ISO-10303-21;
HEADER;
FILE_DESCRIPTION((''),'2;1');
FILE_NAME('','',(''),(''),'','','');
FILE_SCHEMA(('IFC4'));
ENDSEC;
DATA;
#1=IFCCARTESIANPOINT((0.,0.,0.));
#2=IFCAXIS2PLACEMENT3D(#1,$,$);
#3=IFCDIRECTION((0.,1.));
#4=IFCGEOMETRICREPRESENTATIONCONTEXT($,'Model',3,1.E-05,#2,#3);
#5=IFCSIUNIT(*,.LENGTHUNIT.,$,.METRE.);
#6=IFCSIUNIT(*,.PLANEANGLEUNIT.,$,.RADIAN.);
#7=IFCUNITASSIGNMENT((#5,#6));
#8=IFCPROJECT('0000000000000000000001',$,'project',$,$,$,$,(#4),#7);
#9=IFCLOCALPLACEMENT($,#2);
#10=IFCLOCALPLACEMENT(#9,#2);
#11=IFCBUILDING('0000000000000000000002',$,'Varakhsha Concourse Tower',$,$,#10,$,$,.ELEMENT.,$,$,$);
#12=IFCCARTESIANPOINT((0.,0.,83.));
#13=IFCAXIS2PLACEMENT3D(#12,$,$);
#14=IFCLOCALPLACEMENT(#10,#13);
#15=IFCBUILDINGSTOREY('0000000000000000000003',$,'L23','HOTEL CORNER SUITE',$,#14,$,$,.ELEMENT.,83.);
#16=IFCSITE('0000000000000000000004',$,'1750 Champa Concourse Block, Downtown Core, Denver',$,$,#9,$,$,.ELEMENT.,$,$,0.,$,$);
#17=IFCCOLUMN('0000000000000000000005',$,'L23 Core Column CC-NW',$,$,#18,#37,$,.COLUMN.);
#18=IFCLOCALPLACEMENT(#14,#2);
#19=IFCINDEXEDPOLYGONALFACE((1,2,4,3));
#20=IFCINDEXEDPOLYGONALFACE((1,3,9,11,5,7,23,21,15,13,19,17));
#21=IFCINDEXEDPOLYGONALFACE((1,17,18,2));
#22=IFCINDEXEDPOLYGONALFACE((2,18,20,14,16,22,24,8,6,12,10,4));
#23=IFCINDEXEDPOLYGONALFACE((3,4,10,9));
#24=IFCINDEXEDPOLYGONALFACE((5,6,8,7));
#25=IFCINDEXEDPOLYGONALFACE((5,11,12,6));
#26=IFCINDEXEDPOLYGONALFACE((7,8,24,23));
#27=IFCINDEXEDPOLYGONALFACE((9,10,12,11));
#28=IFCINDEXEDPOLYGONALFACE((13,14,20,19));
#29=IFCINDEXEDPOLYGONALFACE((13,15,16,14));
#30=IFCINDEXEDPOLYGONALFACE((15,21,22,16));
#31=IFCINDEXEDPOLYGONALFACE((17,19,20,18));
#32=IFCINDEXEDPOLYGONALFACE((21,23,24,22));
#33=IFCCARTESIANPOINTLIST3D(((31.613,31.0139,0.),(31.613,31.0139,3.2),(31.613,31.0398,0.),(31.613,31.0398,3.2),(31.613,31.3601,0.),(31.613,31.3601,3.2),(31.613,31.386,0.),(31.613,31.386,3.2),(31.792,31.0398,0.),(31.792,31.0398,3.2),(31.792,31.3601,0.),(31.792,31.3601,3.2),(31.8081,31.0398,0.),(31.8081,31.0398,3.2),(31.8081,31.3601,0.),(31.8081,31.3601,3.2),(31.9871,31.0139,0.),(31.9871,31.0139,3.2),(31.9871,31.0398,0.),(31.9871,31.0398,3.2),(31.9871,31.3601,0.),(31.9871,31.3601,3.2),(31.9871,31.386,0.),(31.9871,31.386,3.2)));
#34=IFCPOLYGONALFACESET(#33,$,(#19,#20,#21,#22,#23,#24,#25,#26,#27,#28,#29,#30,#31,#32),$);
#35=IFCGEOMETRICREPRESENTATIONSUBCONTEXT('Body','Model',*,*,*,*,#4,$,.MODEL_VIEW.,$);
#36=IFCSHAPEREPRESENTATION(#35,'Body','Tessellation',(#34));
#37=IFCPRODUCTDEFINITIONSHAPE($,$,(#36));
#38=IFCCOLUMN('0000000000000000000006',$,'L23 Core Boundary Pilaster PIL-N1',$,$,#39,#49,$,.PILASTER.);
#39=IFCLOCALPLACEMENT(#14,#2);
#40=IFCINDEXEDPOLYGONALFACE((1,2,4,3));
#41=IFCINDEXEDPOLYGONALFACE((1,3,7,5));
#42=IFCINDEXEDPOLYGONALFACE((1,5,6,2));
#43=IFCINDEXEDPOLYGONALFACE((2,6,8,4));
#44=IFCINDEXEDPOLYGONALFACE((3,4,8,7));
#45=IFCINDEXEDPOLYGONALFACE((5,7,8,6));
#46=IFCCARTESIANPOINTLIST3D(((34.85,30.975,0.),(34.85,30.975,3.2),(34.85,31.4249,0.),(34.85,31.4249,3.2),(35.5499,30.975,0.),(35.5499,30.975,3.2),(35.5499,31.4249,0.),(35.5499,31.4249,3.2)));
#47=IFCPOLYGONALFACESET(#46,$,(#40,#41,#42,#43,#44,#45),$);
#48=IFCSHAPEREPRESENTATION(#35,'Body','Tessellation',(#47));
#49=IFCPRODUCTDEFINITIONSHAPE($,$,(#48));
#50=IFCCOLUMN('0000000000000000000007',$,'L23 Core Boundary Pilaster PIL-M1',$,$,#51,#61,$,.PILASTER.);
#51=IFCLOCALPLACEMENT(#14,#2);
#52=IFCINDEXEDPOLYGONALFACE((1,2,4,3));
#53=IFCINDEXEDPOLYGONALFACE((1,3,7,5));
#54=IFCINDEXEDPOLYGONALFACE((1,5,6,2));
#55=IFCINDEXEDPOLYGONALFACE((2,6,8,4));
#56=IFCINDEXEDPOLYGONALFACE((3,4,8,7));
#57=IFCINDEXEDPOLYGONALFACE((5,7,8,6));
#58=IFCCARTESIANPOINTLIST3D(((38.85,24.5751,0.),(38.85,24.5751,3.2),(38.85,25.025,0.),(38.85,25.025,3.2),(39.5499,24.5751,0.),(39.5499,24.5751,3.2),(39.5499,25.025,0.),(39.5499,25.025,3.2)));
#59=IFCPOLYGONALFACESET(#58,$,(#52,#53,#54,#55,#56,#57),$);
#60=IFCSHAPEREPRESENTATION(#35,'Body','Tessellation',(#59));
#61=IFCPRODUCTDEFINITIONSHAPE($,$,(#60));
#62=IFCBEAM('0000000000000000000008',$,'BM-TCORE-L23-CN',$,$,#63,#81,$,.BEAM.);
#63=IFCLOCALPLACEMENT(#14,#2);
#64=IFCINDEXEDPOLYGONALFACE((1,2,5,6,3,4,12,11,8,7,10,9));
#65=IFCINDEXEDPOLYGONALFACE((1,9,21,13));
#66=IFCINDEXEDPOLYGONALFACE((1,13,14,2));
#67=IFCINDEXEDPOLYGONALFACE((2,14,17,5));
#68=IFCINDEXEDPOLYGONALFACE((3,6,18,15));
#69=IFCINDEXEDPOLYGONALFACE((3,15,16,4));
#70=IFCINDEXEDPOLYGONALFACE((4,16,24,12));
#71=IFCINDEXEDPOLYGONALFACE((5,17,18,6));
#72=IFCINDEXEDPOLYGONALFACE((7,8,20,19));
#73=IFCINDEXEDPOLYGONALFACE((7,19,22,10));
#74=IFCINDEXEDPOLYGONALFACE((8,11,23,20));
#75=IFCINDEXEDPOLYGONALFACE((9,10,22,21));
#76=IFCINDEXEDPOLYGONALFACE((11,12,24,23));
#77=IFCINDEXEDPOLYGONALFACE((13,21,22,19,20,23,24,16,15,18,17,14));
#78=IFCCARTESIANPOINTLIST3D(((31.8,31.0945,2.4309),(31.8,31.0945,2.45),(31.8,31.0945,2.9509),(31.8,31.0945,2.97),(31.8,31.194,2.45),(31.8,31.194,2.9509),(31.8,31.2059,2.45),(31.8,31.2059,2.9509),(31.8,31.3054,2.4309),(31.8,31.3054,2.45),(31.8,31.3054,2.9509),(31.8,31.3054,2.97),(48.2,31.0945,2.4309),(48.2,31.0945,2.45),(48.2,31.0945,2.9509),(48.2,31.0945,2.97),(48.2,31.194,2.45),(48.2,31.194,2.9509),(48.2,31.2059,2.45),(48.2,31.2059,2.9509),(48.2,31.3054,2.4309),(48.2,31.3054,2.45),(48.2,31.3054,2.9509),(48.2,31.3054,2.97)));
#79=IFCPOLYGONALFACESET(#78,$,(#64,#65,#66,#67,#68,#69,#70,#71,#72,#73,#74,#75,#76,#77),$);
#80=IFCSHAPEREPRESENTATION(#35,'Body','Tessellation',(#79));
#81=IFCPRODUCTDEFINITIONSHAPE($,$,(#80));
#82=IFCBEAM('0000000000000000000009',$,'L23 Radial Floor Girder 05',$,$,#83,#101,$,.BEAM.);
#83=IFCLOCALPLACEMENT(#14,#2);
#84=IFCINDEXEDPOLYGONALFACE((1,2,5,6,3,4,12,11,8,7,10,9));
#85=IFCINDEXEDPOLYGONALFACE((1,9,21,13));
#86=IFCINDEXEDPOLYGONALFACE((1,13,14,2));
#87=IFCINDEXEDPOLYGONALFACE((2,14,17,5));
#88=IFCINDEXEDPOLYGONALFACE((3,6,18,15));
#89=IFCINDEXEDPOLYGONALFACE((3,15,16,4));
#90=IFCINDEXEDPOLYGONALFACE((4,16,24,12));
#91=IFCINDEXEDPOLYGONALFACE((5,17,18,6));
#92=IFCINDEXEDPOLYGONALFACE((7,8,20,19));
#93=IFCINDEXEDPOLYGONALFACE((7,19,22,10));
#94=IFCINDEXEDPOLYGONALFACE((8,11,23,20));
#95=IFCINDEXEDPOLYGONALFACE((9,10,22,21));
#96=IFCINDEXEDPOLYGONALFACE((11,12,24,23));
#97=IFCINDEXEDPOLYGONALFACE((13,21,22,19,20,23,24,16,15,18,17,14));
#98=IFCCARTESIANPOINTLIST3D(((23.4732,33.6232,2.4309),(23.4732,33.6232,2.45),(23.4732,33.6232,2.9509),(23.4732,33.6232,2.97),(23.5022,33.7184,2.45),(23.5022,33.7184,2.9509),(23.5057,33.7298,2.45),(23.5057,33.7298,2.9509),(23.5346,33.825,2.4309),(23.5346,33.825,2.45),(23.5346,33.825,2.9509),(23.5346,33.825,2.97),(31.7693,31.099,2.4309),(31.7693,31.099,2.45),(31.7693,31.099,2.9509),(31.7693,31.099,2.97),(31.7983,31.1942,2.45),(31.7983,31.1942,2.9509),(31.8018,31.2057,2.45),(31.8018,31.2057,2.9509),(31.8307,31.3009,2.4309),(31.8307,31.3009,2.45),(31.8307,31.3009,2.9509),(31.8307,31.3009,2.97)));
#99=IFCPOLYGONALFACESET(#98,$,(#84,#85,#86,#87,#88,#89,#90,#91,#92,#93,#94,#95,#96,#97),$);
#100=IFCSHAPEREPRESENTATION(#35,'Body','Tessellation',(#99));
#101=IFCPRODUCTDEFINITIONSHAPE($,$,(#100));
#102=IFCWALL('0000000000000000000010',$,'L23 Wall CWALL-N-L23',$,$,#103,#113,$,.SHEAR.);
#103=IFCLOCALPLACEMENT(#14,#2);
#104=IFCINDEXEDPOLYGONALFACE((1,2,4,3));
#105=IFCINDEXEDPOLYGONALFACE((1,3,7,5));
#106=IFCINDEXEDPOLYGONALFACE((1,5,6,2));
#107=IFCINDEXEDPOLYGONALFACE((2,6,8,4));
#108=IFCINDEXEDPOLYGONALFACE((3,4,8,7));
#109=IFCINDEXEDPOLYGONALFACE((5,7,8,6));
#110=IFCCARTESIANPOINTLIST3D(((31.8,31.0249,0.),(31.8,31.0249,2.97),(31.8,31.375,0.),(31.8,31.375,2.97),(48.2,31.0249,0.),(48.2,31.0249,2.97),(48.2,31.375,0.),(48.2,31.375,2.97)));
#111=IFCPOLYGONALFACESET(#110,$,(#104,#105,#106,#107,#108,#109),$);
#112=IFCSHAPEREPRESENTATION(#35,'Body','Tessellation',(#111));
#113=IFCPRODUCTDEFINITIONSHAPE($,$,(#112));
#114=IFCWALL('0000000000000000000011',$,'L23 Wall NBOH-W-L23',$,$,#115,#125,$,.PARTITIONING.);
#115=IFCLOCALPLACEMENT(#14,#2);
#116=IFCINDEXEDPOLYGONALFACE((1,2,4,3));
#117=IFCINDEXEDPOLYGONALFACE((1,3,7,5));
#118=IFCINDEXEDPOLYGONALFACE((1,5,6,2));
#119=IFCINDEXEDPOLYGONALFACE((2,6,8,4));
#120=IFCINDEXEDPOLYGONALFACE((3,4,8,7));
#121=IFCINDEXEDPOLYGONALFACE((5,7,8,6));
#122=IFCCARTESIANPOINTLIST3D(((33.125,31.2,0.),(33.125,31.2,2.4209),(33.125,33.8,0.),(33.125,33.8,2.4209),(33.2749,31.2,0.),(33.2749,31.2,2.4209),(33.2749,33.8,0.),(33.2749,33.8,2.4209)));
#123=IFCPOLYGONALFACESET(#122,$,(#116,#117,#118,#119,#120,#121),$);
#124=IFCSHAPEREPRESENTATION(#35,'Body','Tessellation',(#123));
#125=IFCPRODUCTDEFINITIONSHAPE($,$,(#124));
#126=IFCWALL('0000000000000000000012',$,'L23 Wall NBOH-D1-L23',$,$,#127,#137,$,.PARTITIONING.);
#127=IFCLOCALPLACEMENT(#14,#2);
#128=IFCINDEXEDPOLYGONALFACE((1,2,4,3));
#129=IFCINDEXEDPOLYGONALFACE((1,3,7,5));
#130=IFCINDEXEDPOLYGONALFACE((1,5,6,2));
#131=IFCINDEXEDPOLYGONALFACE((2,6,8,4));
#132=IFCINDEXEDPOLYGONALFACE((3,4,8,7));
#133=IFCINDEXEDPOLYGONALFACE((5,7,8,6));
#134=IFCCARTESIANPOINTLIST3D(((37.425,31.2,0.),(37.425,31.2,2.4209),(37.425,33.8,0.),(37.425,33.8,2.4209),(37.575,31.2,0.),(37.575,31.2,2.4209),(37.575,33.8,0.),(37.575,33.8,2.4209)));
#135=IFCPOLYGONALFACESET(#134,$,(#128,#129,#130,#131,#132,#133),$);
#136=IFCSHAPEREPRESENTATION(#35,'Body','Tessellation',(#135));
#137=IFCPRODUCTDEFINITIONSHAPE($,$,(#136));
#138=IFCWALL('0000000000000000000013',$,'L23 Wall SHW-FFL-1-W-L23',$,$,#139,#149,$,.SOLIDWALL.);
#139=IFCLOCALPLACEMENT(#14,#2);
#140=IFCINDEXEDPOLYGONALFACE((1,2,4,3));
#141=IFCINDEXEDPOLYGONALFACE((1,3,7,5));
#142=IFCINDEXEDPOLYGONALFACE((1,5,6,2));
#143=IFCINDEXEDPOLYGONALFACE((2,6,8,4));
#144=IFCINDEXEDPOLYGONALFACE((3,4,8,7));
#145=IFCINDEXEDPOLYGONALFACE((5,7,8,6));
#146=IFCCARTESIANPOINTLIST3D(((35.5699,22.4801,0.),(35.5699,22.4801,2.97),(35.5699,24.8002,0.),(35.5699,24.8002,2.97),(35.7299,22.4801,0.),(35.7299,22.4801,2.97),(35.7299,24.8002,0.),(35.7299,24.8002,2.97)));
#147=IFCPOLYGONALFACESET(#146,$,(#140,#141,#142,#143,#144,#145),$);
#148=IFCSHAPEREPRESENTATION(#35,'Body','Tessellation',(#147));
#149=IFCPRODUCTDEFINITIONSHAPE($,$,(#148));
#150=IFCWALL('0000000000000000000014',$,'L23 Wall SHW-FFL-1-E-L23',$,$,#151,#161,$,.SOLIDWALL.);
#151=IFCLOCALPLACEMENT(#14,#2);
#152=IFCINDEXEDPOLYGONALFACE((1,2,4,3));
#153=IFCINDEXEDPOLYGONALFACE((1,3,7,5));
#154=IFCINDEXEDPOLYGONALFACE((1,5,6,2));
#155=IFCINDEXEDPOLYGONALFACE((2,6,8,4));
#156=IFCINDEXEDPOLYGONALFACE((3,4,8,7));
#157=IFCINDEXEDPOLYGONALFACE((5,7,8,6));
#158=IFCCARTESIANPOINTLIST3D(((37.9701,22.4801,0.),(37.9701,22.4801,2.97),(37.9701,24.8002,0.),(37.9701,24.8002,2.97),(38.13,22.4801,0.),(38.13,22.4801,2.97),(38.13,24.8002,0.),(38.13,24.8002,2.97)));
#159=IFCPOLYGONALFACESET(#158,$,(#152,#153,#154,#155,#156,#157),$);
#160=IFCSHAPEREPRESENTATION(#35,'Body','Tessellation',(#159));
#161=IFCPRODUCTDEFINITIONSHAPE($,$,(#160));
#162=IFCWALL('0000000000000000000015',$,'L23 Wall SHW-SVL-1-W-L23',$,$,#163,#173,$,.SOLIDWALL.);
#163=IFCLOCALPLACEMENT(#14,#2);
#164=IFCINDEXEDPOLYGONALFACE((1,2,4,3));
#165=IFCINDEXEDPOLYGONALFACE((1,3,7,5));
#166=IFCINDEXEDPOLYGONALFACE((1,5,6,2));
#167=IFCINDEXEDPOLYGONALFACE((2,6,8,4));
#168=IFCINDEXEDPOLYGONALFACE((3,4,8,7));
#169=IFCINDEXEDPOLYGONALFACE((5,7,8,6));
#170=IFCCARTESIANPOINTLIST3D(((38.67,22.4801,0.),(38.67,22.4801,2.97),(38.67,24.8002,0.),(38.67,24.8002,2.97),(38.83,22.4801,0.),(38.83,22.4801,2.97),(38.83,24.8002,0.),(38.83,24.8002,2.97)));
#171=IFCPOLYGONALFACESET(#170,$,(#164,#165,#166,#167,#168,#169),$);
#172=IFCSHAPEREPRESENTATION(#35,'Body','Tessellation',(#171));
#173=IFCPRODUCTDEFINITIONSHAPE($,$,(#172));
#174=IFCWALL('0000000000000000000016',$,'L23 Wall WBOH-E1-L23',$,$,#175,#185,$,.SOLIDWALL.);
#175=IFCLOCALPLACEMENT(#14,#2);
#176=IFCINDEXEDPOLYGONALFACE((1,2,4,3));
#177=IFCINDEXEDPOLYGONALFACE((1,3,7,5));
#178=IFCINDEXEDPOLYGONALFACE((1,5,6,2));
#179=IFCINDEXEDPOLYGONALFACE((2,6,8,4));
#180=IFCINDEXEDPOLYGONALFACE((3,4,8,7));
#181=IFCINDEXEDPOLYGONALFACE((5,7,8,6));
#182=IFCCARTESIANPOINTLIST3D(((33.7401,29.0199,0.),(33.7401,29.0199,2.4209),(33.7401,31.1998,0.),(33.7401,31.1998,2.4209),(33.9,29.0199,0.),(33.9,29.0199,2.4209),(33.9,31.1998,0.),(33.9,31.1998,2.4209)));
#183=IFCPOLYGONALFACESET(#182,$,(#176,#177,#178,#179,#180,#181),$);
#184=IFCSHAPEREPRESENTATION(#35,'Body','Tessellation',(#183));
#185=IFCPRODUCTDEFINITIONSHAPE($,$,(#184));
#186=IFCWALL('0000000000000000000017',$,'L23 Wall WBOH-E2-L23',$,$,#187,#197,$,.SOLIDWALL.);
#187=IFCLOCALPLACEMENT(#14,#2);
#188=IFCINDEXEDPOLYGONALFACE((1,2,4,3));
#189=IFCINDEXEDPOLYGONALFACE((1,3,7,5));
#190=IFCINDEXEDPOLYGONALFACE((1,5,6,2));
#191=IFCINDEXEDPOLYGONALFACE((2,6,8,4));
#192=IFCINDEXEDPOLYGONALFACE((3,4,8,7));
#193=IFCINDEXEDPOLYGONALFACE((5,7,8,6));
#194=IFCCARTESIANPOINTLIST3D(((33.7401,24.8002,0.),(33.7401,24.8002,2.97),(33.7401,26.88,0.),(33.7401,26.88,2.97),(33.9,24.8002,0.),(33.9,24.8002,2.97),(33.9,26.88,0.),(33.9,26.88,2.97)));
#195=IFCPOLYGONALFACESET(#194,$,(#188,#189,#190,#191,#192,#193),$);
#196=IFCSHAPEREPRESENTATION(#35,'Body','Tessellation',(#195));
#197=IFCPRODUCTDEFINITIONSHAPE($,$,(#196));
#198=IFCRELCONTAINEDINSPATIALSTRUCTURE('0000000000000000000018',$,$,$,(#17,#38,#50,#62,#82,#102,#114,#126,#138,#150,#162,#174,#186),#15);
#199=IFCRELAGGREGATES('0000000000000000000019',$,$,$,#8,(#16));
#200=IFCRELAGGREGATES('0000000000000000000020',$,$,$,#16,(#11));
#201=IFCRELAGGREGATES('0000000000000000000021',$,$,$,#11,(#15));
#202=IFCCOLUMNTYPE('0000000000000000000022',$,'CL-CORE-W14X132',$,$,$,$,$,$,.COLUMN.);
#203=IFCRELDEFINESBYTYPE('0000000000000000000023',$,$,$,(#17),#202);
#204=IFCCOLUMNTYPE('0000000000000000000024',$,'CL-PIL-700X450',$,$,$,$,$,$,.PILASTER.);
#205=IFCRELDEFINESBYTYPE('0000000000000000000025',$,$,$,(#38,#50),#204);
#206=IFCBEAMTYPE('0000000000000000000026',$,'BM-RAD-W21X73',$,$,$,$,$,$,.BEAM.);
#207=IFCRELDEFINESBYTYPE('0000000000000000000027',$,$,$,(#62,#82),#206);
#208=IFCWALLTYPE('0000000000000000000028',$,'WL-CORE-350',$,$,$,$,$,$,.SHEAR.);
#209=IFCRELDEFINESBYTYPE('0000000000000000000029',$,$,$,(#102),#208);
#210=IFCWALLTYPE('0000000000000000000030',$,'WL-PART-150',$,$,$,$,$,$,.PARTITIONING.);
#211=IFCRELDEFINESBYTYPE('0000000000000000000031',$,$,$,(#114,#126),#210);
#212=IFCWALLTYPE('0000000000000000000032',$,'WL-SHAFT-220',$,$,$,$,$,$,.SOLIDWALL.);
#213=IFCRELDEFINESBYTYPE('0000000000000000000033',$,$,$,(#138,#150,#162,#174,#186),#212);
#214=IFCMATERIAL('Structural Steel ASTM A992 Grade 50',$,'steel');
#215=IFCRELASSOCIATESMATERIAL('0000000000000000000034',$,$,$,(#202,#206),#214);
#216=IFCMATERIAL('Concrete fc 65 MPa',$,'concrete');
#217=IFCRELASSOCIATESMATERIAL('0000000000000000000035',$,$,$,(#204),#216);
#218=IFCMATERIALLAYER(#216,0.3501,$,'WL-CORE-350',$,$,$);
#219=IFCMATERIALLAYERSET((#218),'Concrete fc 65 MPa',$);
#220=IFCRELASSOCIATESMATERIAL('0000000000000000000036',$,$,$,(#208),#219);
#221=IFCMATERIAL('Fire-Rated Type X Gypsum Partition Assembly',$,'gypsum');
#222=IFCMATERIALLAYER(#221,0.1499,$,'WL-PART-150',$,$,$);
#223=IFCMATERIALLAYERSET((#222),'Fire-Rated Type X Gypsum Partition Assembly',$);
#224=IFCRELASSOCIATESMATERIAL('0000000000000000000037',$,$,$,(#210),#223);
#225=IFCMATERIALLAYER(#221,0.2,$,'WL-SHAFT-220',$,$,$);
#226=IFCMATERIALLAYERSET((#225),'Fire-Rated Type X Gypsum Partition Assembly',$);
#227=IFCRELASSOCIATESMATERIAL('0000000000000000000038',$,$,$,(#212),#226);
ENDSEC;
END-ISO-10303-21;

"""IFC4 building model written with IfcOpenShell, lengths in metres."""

from ifc_helpers import new_model, si_unit, direction, frame, frame_2d, origin, origin_2d, place, context, subcontext, project, spatial, rectangle, i_section, extrude, material, layer, layer_set, material_profile, profile_set, type_object, element, save


model = new_model("IFC4")

# Units and contexts
model_context = context("Model", 3, precision=1e-05, world=origin(), true_north=direction((0.0, 1.0)))
body_context = subcontext(model_context, "Body", "Model", "MODEL_VIEW")
ifc_project = project(units=[si_unit("LENGTHUNIT", "METRE"), si_unit("PLANEANGLEUNIT", "RADIAN")], contexts=[model_context])

# Site, building, storey
site_placement = place(None, origin())
site = spatial("IfcSite", under=ifc_project, at=site_placement, Name="1750 Champa Concourse Block, Downtown Core, Denver", CompositionType="ELEMENT", RefElevation=0.0)
building_placement = place(site_placement, origin())
building = spatial("IfcBuilding", under=site, at=building_placement, Name="Varakhsha Concourse Tower", CompositionType="ELEMENT")
storey_placement = place(building_placement, frame((0.0, 0.0, 83.0)))
storey = spatial("IfcBuildingStorey", under=building, at=storey_placement, Name="L23", Description="HOTEL CORNER SUITE", CompositionType="ELEMENT", Elevation=83.0)

# Columns
ifc_material_1 = material(Name="Structural Steel ASTM A992 Grade 50", Category="steel")
ifc_material_profile_1 = material_profile(ifc_material_1, i_section(OverallWidth=0.374, OverallDepth=0.3721, WebThickness=0.0161, FlangeThickness=0.0259, at=origin_2d()), Name="W14X132")
ifc_profile_set_1 = profile_set([ifc_material_profile_1], Name="Structural Steel ASTM A992 Grade 50")
column_type_1 = type_object("IfcColumnType", Name="CL-CORE-W14X132", PredefinedType="COLUMN", material=ifc_profile_set_1)
column_placement = place(storey_placement, frame((31.8, 31.2, 0.0), z_axis=(0.0, 0.0, 1.0), x_axis=(1.0, 0.0, 0.0)))
element("IfcColumn", 1, at=column_placement, inside=storey, type_object=column_type_1, Name="L23 Core Column CC-NW", PredefinedType="COLUMN", context=body_context, shape_type="SweptSolid", body=[
    extrude(i_section(OverallWidth=0.374, OverallDepth=0.3721, WebThickness=0.0161, FlangeThickness=0.0259, at=origin_2d()), origin(), (0.0, 0.0, 1.0), 3.2),
])
ifc_material_2 = material(Name="Concrete fc 65 MPa", Category="concrete")
ifc_material_profile_2 = material_profile(ifc_material_2, rectangle(XDim=0.7, YDim=0.45, at=origin_2d()), Name="RC 700x450")
ifc_profile_set_2 = profile_set([ifc_material_profile_2], Name="Concrete fc 65 MPa")
column_type_2 = type_object("IfcColumnType", Name="CL-PIL-700X450", PredefinedType="PILASTER", material=ifc_profile_set_2)
for number, where, z_axis, x_axis, name in (
    (2, (35.2, 31.2, 0.0), (0.0, 0.0, 1.0), (1.0, 0.0, 0.0), "L23 Core Boundary Pilaster PIL-N1"),
    (3, (39.2, 24.8, 0.0), (0.0, 0.0, 1.0), (1.0, 0.0, 0.0), "L23 Core Boundary Pilaster PIL-M1"),
):
    element("IfcColumn", number, at=place(storey_placement, frame(where, z_axis=z_axis, x_axis=x_axis)), inside=storey, type_object=column_type_2, Name=name, PredefinedType="PILASTER", context=body_context, shape_type="SweptSolid", body=[
        extrude(rectangle(XDim=0.7, YDim=0.45, at=origin_2d()), origin(), (0.0, 0.0, 1.0), 3.2),
    ])

# Beams
ifc_material_profile_3 = material_profile(ifc_material_1, i_section(OverallWidth=0.2109, OverallDepth=0.5391, WebThickness=0.012, FlangeThickness=0.019, at=origin_2d()), Name="W21X73")
ifc_profile_set_3 = profile_set([ifc_material_profile_3], Name="Structural Steel ASTM A992 Grade 50")
beam_type = type_object("IfcBeamType", Name="BM-RAD-W21X73", PredefinedType="BEAM", material=ifc_profile_set_3)
beam_1_placement = place(storey_placement, frame((31.8, 31.2, 2.7004), z_axis=(1.0, 0.0, 0.0), x_axis=(0.0, 1.0, 0.0)))
element("IfcBeam", 4, at=beam_1_placement, inside=storey, type_object=beam_type, Name="BM-TCORE-L23-CN", PredefinedType="BEAM", context=body_context, shape_type="SweptSolid", body=[
    extrude(i_section(OverallWidth=0.2109, OverallDepth=0.5391, WebThickness=0.012, FlangeThickness=0.019, at=origin_2d()), origin(), (0.0, 0.0, 1.0), 16.3999),
])
beam_2_placement = place(storey_placement, frame((31.8, 31.2, 2.7004), z_axis=(-0.956698, 0.291083, 0.0), x_axis=(-0.291083, -0.956698, 0.0)))
element("IfcBeam", 5, at=beam_2_placement, inside=storey, type_object=beam_type, Name="L23 Radial Floor Girder 05", PredefinedType="BEAM", context=body_context, shape_type="SweptSolid", body=[
    extrude(i_section(OverallWidth=0.2109, OverallDepth=0.5391, WebThickness=0.012, FlangeThickness=0.019, at=origin_2d()), origin(), (0.0, 0.0, 1.0), 8.6716),
])

# Walls
ifc_layer_1 = layer(ifc_material_2, 0.3501, Name="WL-CORE-350")
ifc_layer_set_1 = layer_set([ifc_layer_1], Name="Concrete fc 65 MPa")
wall_type_1 = type_object("IfcWallType", Name="WL-CORE-350", PredefinedType="SHEAR", material=ifc_layer_set_1)
wall_1_placement = place(storey_placement, frame((31.8, 31.2, 0.0), z_axis=(0.0, 0.0, 1.0), x_axis=(1.0, 0.0, 0.0)))
element("IfcWall", 6, at=wall_1_placement, inside=storey, type_object=wall_type_1, Name="L23 Wall CWALL-N-L23", PredefinedType="SHEAR", context=body_context, shape_type="SweptSolid", body=[
    extrude(rectangle(XDim=16.3999, YDim=0.3501, at=frame_2d((8.2, 0.0))), origin(), (0.0, 0.0, 1.0), 2.97),
])
ifc_material_3 = material(Name="Fire-Rated Type X Gypsum Partition Assembly", Category="gypsum")
ifc_layer_2 = layer(ifc_material_3, 0.1499, Name="WL-PART-150")
ifc_layer_set_2 = layer_set([ifc_layer_2], Name="Fire-Rated Type X Gypsum Partition Assembly")
wall_type_2 = type_object("IfcWallType", Name="WL-PART-150", PredefinedType="PARTITIONING", material=ifc_layer_set_2)
for number, where, z_axis, x_axis, name in (
    (7, (33.2, 31.2, 0.0), (0.0, 0.0, 1.0), (0.0, 1.0, 0.0), "L23 Wall NBOH-W-L23"),
    (8, (37.5, 31.2, 0.0), (0.0, 0.0, 1.0), (0.0, 1.0, 0.0), "L23 Wall NBOH-D1-L23"),
):
    element("IfcWall", number, at=place(storey_placement, frame(where, z_axis=z_axis, x_axis=x_axis)), inside=storey, type_object=wall_type_2, Name=name, PredefinedType="PARTITIONING", context=body_context, shape_type="SweptSolid", body=[
        extrude(rectangle(XDim=2.6001, YDim=0.1499, at=frame_2d((1.3, 0.0))), origin(), (0.0, 0.0, 1.0), 2.4209),
    ])

# Shared definitions
ifc_layer_3 = layer(ifc_material_3, 0.2, Name="WL-SHAFT-220")
ifc_layer_set_3 = layer_set([ifc_layer_3], Name="Fire-Rated Type X Gypsum Partition Assembly")
wall_type_3 = type_object("IfcWallType", Name="WL-SHAFT-220", PredefinedType="SOLIDWALL", material=ifc_layer_set_3)

# Walls
for number, where, z_axis, x_axis, name in (
    (9, (35.6499, 22.48, 0.0), (0.0, 0.0, 1.0), (0.0, 1.0, 0.0), "L23 Wall SHW-FFL-1-W-L23"),
    (10, (38.05, 22.48, 0.0), (0.0, 0.0, 1.0), (0.0, 1.0, 0.0), "L23 Wall SHW-FFL-1-E-L23"),
    (11, (38.75, 22.48, 0.0), (0.0, 0.0, 1.0), (0.0, 1.0, 0.0), "L23 Wall SHW-SVL-1-W-L23"),
):
    element("IfcWall", number, at=place(storey_placement, frame(where, z_axis=z_axis, x_axis=x_axis)), inside=storey, type_object=wall_type_3, Name=name, PredefinedType="SOLIDWALL", context=body_context, shape_type="SweptSolid", body=[
        extrude(rectangle(XDim=2.3201, YDim=0.1599, at=frame_2d((1.1602, 0.0))), origin(), (0.0, 0.0, 1.0), 2.97),
    ])

# Walls
wall_2_placement = place(storey_placement, frame((33.8201, 29.02, 0.0), z_axis=(0.0, 0.0, 1.0), x_axis=(0.0, 1.0, 0.0)))
element("IfcWall", 12, at=wall_2_placement, inside=storey, type_object=wall_type_3, Name="L23 Wall WBOH-E1-L23", PredefinedType="SOLIDWALL", context=body_context, shape_type="SweptSolid", body=[
    extrude(rectangle(XDim=2.1799, YDim=0.1599, at=frame_2d((1.0898, 0.0))), origin(), (0.0, 0.0, 1.0), 2.4209),
])
wall_3_placement = place(storey_placement, frame((33.8201, 24.8, 0.0), z_axis=(0.0, 0.0, 1.0), x_axis=(0.0, 1.0, 0.0)))
element("IfcWall", 13, at=wall_3_placement, inside=storey, type_object=wall_type_3, Name="L23 Wall WBOH-E2-L23", PredefinedType="SOLIDWALL", context=body_context, shape_type="SweptSolid", body=[
    extrude(rectangle(XDim=2.0798, YDim=0.1599, at=frame_2d((1.04, 0.0))), origin(), (0.0, 0.0, 1.0), 2.97),
])

save(model, "model.ifc")
